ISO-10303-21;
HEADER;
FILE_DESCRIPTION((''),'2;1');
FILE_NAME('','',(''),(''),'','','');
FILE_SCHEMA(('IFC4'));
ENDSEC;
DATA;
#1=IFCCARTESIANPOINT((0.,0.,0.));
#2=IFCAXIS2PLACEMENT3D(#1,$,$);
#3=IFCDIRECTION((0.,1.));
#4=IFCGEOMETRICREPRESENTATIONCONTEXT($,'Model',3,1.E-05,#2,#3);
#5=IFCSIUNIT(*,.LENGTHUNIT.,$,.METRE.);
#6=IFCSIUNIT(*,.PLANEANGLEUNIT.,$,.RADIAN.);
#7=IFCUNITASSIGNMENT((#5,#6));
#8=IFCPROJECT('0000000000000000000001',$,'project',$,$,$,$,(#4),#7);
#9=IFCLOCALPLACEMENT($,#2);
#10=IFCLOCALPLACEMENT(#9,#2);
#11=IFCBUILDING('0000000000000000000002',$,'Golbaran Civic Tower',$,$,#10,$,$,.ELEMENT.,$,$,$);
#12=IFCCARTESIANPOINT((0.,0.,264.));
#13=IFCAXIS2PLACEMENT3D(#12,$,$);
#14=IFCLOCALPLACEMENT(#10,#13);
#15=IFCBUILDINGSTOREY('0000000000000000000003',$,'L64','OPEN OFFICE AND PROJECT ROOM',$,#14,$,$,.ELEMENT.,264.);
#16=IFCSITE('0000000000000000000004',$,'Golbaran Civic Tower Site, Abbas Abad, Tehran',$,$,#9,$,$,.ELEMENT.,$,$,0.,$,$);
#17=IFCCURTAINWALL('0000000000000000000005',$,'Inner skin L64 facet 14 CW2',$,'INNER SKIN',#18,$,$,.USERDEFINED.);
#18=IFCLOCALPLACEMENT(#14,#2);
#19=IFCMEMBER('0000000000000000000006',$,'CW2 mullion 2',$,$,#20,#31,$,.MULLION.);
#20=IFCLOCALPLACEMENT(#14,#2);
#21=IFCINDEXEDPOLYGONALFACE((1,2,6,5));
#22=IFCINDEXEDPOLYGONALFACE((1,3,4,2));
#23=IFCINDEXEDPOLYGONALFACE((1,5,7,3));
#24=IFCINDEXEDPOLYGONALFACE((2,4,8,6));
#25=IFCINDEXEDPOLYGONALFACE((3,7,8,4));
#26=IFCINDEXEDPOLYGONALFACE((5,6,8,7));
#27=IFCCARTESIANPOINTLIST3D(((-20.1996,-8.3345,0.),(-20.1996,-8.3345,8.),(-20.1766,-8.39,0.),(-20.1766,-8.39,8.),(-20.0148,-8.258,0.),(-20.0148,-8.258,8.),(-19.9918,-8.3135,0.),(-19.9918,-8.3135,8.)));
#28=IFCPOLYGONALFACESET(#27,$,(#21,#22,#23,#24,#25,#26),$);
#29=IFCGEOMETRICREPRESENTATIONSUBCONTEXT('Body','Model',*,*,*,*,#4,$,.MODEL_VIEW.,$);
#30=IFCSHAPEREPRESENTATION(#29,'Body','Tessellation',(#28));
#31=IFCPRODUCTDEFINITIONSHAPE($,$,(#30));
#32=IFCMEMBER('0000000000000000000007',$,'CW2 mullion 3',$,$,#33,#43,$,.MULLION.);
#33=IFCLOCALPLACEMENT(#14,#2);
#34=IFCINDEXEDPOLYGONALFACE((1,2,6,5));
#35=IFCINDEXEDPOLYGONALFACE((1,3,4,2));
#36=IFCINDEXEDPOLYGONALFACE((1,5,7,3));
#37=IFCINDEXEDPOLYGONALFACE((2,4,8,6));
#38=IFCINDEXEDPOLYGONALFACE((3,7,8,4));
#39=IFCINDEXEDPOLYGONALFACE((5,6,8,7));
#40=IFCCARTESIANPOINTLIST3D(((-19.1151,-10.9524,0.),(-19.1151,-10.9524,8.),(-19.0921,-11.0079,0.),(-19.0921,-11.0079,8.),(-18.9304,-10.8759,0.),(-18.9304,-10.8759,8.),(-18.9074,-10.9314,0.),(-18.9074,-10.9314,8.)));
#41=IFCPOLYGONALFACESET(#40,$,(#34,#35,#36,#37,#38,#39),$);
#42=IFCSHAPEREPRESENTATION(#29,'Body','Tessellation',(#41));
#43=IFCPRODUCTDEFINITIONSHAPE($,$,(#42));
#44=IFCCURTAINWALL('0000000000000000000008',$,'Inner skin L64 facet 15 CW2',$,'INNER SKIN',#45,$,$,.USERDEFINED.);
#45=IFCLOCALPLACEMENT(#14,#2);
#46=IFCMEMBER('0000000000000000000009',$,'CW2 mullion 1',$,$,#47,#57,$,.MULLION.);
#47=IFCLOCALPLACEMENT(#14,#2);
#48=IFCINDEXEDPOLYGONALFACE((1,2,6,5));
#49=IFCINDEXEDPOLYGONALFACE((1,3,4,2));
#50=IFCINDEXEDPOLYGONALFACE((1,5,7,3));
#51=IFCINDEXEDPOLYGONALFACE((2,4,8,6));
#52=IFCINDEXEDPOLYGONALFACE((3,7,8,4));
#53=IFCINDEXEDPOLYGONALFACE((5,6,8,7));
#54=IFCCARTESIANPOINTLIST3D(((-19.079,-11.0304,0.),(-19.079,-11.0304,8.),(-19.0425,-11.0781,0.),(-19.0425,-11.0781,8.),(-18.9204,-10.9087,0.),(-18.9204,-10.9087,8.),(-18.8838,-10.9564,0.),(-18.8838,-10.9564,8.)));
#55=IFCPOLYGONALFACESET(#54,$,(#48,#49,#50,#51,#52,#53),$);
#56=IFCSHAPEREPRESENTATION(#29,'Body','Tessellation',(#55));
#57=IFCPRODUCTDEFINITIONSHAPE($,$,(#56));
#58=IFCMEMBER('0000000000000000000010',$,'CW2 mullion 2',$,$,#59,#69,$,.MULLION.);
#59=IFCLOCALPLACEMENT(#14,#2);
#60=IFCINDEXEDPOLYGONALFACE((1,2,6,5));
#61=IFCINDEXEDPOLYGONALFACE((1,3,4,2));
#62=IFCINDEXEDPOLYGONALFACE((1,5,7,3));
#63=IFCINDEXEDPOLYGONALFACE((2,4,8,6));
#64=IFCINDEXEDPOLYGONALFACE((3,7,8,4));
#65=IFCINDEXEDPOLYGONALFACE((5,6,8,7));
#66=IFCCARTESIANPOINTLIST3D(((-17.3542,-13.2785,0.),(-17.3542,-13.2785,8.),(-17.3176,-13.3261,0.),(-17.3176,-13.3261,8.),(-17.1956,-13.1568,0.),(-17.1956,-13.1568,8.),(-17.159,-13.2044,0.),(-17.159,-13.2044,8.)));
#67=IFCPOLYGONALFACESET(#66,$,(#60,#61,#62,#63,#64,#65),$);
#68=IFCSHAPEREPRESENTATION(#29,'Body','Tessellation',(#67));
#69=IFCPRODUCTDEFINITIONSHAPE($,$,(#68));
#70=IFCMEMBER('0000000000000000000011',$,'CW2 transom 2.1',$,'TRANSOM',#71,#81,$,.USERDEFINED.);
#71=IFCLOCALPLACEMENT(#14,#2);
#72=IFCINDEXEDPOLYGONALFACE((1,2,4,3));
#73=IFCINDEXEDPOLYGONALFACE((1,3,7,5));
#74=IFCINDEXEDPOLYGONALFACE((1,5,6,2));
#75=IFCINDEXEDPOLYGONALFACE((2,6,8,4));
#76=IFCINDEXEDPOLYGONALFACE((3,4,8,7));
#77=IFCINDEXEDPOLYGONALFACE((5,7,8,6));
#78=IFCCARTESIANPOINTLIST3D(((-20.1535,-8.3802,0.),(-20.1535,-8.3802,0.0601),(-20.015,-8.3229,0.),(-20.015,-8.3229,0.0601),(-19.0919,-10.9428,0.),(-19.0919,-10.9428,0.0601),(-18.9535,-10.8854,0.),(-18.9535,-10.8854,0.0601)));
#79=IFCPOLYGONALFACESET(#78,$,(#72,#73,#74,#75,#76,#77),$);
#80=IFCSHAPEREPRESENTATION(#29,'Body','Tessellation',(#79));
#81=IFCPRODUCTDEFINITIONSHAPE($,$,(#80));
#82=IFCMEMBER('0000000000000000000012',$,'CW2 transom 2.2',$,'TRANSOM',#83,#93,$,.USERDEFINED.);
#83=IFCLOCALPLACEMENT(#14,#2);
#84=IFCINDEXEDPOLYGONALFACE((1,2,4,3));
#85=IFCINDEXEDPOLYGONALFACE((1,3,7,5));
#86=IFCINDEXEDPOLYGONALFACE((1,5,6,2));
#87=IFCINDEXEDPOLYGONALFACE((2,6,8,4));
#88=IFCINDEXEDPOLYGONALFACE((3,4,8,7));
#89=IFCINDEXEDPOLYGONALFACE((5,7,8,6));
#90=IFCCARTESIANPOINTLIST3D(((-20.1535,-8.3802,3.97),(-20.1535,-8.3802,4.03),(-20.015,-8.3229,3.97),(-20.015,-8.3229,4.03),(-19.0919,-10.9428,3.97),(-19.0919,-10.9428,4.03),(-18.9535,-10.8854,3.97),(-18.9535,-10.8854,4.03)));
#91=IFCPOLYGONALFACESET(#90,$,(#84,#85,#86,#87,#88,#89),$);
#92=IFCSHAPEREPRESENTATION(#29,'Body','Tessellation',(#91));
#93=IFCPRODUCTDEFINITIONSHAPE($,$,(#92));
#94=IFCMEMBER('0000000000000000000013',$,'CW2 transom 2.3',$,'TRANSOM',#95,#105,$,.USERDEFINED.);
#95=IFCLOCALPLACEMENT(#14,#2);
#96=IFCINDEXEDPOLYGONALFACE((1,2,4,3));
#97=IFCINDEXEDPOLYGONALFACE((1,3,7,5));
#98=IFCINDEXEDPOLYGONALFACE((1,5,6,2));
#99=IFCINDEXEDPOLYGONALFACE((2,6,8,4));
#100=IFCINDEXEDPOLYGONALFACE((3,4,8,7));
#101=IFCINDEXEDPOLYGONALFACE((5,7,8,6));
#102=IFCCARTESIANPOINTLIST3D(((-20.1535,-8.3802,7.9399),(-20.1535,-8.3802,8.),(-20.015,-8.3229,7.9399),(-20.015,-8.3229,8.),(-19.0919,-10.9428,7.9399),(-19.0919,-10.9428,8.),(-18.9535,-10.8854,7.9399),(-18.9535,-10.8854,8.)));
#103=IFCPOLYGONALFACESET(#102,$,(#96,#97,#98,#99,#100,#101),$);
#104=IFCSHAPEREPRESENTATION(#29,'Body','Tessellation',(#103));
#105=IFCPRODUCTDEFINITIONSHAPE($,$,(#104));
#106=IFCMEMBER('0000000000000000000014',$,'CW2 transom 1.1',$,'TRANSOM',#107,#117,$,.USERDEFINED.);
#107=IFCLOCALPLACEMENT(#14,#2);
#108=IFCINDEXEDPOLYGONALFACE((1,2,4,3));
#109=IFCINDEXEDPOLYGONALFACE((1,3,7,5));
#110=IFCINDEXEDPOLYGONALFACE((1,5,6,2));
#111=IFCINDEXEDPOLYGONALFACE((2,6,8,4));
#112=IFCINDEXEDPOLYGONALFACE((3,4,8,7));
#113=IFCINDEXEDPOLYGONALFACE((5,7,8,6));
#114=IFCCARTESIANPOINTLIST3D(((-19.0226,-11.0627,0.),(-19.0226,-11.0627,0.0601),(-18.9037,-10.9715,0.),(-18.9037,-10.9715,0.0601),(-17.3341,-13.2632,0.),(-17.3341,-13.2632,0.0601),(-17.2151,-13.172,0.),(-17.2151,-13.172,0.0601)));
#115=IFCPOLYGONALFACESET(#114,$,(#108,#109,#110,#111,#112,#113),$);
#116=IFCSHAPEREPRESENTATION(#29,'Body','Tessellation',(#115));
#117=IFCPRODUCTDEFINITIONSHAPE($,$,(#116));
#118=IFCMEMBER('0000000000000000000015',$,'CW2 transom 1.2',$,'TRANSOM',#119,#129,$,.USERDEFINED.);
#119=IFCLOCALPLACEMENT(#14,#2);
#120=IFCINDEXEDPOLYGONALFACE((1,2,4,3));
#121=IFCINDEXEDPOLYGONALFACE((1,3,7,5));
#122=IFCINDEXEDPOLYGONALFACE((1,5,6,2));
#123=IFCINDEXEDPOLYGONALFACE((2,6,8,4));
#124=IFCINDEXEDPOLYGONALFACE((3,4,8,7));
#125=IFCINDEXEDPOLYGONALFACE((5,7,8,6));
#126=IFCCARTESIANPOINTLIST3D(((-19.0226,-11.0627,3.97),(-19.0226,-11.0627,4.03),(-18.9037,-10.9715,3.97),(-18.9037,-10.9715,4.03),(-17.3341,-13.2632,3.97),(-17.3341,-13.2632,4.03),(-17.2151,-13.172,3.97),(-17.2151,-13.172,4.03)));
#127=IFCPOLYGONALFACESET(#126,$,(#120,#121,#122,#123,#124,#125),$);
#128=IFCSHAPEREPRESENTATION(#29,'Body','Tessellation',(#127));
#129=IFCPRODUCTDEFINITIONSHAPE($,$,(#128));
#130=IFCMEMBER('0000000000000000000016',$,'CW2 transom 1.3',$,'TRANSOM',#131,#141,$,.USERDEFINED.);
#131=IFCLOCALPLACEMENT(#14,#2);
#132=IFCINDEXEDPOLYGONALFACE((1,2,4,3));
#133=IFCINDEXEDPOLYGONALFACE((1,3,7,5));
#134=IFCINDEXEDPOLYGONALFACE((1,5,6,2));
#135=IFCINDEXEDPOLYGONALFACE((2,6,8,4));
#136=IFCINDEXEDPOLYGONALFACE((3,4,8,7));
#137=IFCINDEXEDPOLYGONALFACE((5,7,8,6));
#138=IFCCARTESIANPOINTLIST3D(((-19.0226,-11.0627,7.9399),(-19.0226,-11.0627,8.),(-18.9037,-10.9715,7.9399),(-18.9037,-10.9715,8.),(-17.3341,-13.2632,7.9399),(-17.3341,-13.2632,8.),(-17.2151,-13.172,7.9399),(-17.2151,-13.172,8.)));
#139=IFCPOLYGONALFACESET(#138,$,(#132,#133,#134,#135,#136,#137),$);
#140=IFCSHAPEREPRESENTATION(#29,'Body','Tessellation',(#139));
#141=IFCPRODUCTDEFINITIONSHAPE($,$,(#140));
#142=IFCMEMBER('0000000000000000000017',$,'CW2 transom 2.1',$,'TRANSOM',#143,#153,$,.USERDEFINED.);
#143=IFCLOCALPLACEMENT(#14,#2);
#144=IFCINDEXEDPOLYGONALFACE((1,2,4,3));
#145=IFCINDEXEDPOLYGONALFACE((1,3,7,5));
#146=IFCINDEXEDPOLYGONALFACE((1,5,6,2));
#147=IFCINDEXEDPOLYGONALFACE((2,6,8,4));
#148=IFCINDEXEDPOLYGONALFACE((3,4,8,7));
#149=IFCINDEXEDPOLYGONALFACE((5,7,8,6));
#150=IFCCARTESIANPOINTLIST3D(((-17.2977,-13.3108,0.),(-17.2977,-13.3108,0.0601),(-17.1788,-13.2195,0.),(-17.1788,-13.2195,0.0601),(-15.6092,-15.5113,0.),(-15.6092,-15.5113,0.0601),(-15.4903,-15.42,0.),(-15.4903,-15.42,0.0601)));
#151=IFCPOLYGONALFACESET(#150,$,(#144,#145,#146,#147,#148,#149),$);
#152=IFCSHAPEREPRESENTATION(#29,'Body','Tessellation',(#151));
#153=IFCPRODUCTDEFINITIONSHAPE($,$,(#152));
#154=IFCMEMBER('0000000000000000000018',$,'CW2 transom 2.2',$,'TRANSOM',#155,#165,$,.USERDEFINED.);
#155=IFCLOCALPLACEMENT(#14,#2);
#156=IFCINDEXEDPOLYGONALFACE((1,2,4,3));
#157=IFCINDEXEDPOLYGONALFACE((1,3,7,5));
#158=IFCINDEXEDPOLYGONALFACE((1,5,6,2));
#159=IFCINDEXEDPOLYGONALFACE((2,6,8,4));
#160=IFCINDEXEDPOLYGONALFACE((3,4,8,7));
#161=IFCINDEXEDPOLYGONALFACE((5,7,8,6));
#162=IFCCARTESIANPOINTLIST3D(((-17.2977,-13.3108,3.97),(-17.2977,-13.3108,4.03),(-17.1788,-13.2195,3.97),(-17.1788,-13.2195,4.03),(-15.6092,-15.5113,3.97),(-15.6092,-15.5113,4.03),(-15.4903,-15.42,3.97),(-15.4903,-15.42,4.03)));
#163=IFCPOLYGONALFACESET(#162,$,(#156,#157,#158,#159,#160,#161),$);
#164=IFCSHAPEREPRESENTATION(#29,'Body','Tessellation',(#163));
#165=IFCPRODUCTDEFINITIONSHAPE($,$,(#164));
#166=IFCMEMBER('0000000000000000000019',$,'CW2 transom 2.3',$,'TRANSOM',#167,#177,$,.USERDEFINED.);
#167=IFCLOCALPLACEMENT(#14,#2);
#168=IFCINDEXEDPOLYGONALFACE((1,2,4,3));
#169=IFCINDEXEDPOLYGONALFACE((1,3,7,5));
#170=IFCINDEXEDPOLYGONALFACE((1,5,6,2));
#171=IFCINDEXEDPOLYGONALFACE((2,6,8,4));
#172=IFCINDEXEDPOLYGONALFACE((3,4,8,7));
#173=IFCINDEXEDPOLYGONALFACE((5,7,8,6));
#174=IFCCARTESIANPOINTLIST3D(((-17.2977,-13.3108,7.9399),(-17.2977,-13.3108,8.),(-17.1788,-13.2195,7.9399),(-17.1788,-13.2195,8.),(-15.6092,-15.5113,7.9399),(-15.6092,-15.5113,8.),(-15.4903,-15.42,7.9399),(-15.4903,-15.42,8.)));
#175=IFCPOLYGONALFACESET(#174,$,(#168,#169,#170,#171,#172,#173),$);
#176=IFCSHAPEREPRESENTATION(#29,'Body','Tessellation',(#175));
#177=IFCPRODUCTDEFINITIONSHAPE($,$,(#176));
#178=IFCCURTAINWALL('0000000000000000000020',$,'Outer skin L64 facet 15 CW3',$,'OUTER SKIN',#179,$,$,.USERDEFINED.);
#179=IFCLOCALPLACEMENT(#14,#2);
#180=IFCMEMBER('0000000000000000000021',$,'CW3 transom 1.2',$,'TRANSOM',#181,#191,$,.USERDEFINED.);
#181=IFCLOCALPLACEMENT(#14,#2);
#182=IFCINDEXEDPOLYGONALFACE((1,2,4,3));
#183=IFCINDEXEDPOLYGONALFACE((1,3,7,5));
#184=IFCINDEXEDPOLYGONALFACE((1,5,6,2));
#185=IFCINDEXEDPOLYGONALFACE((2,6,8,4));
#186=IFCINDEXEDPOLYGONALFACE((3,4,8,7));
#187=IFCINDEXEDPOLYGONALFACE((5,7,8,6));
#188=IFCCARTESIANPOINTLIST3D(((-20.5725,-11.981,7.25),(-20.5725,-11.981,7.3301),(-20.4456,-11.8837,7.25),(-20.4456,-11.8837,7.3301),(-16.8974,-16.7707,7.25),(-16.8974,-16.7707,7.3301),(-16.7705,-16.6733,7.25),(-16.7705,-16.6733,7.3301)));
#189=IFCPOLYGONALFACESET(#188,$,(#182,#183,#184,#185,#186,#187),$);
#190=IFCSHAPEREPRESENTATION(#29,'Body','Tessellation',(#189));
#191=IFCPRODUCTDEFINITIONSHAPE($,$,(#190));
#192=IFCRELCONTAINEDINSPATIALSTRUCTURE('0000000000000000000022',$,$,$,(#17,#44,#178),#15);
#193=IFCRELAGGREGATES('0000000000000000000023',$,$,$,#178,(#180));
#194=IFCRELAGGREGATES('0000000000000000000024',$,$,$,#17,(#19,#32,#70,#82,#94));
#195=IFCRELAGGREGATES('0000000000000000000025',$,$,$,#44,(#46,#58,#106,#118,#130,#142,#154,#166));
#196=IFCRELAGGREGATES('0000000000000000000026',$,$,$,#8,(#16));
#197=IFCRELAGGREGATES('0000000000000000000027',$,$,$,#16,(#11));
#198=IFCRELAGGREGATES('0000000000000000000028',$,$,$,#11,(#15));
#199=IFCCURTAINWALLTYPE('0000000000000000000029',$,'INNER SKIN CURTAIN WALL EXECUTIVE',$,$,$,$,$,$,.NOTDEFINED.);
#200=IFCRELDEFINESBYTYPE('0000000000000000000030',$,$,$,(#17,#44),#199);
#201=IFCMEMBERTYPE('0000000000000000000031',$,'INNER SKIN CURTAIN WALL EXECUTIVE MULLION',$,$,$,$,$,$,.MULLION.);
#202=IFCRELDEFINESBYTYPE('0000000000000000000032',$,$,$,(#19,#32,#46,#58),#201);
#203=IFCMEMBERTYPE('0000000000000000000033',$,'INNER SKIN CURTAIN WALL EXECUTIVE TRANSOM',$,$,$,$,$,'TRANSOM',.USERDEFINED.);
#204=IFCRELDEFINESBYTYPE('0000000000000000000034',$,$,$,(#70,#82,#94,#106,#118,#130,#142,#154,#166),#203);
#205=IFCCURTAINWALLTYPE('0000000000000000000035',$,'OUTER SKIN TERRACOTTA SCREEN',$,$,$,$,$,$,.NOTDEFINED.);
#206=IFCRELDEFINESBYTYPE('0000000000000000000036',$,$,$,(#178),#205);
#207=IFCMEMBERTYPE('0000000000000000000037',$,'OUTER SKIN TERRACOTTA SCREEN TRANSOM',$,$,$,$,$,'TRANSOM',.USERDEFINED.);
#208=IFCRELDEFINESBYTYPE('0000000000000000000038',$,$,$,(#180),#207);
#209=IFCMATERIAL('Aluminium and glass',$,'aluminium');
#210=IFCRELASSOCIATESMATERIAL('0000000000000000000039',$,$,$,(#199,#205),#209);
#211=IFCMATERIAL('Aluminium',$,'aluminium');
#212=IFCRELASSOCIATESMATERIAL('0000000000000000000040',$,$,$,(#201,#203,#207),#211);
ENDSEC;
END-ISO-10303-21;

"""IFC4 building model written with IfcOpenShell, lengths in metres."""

from ifc_helpers import new_model, si_unit, direction, frame, origin, origin_2d, place, context, subcontext, project, spatial, rectangle, extrude, material, material_profile, profile_set, type_object, element, aggregate, save


model = new_model("IFC4")

# Units and contexts
model_context = context("Model", 3, precision=1e-05, world=origin(), true_north=direction((0.0, 1.0)))
body_context = subcontext(model_context, "Body", "Model", "MODEL_VIEW")
ifc_project = project(units=[si_unit("LENGTHUNIT", "METRE"), si_unit("PLANEANGLEUNIT", "RADIAN")], contexts=[model_context])

# Site, building, storey
site_placement = place(None, origin())
site = spatial("IfcSite", under=ifc_project, at=site_placement, Name="Golbaran Civic Tower Site, Abbas Abad, Tehran", CompositionType="ELEMENT", RefElevation=0.0)
building_placement = place(site_placement, origin())
building = spatial("IfcBuilding", under=site, at=building_placement, Name="Golbaran Civic Tower", CompositionType="ELEMENT")
storey_placement = place(building_placement, frame((0.0, 0.0, 264.0)))
storey = spatial("IfcBuildingStorey", under=building, at=storey_placement, Name="L64", Description="OPEN OFFICE AND PROJECT ROOM", CompositionType="ELEMENT", Elevation=264.0)

# Curtain walls, members
ifc_material_1 = material(Name="Aluminium and glass", Category="aluminium")
curtain_wall_type_1 = type_object("IfcCurtainWallType", Name="INNER SKIN CURTAIN WALL EXECUTIVE", PredefinedType="NOTDEFINED", material=ifc_material_1)
curtain_wall_1_placement = place(storey_placement, origin())
curtain_wall_1 = element("IfcCurtainWall", 1, at=curtain_wall_1_placement, inside=storey, type_object=curtain_wall_type_1, Name="Inner skin L64 facet 14 CW2", ObjectType="INNER SKIN", PredefinedType="USERDEFINED")
ifc_material_2 = material(Name="Aluminium", Category="aluminium")
ifc_material_profile_1 = material_profile(ifc_material_2, rectangle(XDim=0.2, YDim=0.0601, at=origin_2d()), Name="INNER SKIN CURTAIN WALL EXECUTIVE MULLION")
ifc_profile_set_1 = profile_set([ifc_material_profile_1], Name="Aluminium")
member_type_1 = type_object("IfcMemberType", Name="INNER SKIN CURTAIN WALL EXECUTIVE MULLION", PredefinedType="MULLION", material=ifc_profile_set_1)
member_1_placement = place(storey_placement, frame((-20.0957, -8.324, 0.0), z_axis=(0.0, 0.0, 1.0), x_axis=(0.92388, 0.382683, 0.0)))
member_1 = element("IfcMember", 2, at=member_1_placement, type_object=member_type_1, Name="CW2 mullion 2", PredefinedType="MULLION", context=body_context, shape_type="SweptSolid", body=[
    extrude(rectangle(XDim=0.2, YDim=0.0601, at=origin_2d()), origin(), (0.0, 0.0, 1.0), 8.0),
])
member_2_placement = place(storey_placement, frame((-19.0112, -10.9419, 0.0), z_axis=(0.0, 0.0, 1.0), x_axis=(0.92388, 0.382683, 0.0)))
member_2 = element("IfcMember", 3, at=member_2_placement, type_object=member_type_1, Name="CW2 mullion 3", PredefinedType="MULLION", context=body_context, shape_type="SweptSolid", body=[
    extrude(rectangle(XDim=0.2, YDim=0.0601, at=origin_2d()), origin(), (0.0, 0.0, 1.0), 8.0),
])
curtain_wall_2_placement = place(storey_placement, origin())
curtain_wall_2 = element("IfcCurtainWall", 4, at=curtain_wall_2_placement, inside=storey, type_object=curtain_wall_type_1, Name="Inner skin L64 facet 15 CW2", ObjectType="INNER SKIN", PredefinedType="USERDEFINED")
member_3_placement = place(storey_placement, frame((-18.9814, -10.9934, 0.0), z_axis=(0.0, 0.0, 1.0), x_axis=(0.793353, 0.608761, 0.0)))
member_3 = element("IfcMember", 5, at=member_3_placement, type_object=member_type_1, Name="CW2 mullion 1", PredefinedType="MULLION", context=body_context, shape_type="SweptSolid", body=[
    extrude(rectangle(XDim=0.2, YDim=0.0601, at=origin_2d()), origin(), (0.0, 0.0, 1.0), 8.0),
])
member_4_placement = place(storey_placement, frame((-17.2566, -13.2415, 0.0), z_axis=(0.0, 0.0, 1.0), x_axis=(0.793353, 0.608761, 0.0)))
member_4 = element("IfcMember", 6, at=member_4_placement, type_object=member_type_1, Name="CW2 mullion 2", PredefinedType="MULLION", context=body_context, shape_type="SweptSolid", body=[
    extrude(rectangle(XDim=0.2, YDim=0.0601, at=origin_2d()), origin(), (0.0, 0.0, 1.0), 8.0),
])

# Members
ifc_material_profile_2 = material_profile(ifc_material_2, rectangle(XDim=0.1499, YDim=0.0601, at=origin_2d()), Name="INNER SKIN CURTAIN WALL EXECUTIVE TRANSOM")
ifc_profile_set_2 = profile_set([ifc_material_profile_2], Name="Aluminium")
member_type_2 = type_object("IfcMemberType", Name="INNER SKIN CURTAIN WALL EXECUTIVE TRANSOM", ElementType="TRANSOM", PredefinedType="USERDEFINED", material=ifc_profile_set_2)
member_5_placement = place(storey_placement, frame((-20.0842, -8.3516, 0.03), z_axis=(0.382715, -0.923867, 0.0), x_axis=(0.923867, 0.382715, 0.0)))
member_5 = element("IfcMember", 7, at=member_5_placement, type_object=member_type_2, Name="CW2 transom 2.1", ObjectType="TRANSOM", PredefinedType="USERDEFINED", context=body_context, shape_type="SweptSolid", body=[
    extrude(rectangle(XDim=0.1499, YDim=0.0601, at=origin_2d()), origin(), (0.0, 0.0, 1.0), 2.7737),
])
member_6_placement = place(storey_placement, frame((-20.0842, -8.3516, 4.0), z_axis=(0.382715, -0.923867, 0.0), x_axis=(0.923867, 0.382715, 0.0)))
member_6 = element("IfcMember", 8, at=member_6_placement, type_object=member_type_2, Name="CW2 transom 2.2", ObjectType="TRANSOM", PredefinedType="USERDEFINED", context=body_context, shape_type="SweptSolid", body=[
    extrude(rectangle(XDim=0.1499, YDim=0.0601, at=origin_2d()), origin(), (0.0, 0.0, 1.0), 2.7737),
])
member_7_placement = place(storey_placement, frame((-20.0842, -8.3516, 7.97), z_axis=(0.382715, -0.923867, 0.0), x_axis=(0.923867, 0.382715, 0.0)))
member_7 = element("IfcMember", 9, at=member_7_placement, type_object=member_type_2, Name="CW2 transom 2.3", ObjectType="TRANSOM", PredefinedType="USERDEFINED", context=body_context, shape_type="SweptSolid", body=[
    extrude(rectangle(XDim=0.1499, YDim=0.0601, at=origin_2d()), origin(), (0.0, 0.0, 1.0), 2.7737),
])
member_8_placement = place(storey_placement, frame((-18.9631, -11.0171, 0.03), z_axis=(0.608766, -0.79335, 0.0), x_axis=(0.79335, 0.608766, 0.0)))
member_8 = element("IfcMember", 10, at=member_8_placement, type_object=member_type_2, Name="CW2 transom 1.1", ObjectType="TRANSOM", PredefinedType="USERDEFINED", context=body_context, shape_type="SweptSolid", body=[
    extrude(rectangle(XDim=0.1499, YDim=0.0601, at=origin_2d()), origin(), (0.0, 0.0, 1.0), 2.7737),
])
member_9_placement = place(storey_placement, frame((-18.9631, -11.0171, 4.0), z_axis=(0.608766, -0.79335, 0.0), x_axis=(0.79335, 0.608766, 0.0)))
member_9 = element("IfcMember", 11, at=member_9_placement, type_object=member_type_2, Name="CW2 transom 1.2", ObjectType="TRANSOM", PredefinedType="USERDEFINED", context=body_context, shape_type="SweptSolid", body=[
    extrude(rectangle(XDim=0.1499, YDim=0.0601, at=origin_2d()), origin(), (0.0, 0.0, 1.0), 2.7737),
])
member_10_placement = place(storey_placement, frame((-18.9631, -11.0171, 7.97), z_axis=(0.608766, -0.79335, 0.0), x_axis=(0.79335, 0.608766, 0.0)))
member_10 = element("IfcMember", 12, at=member_10_placement, type_object=member_type_2, Name="CW2 transom 1.3", ObjectType="TRANSOM", PredefinedType="USERDEFINED", context=body_context, shape_type="SweptSolid", body=[
    extrude(rectangle(XDim=0.1499, YDim=0.0601, at=origin_2d()), origin(), (0.0, 0.0, 1.0), 2.7737),
])
member_11_placement = place(storey_placement, frame((-17.2383, -13.2651, 0.03), z_axis=(0.608766, -0.79335, 0.0), x_axis=(0.79335, 0.608766, 0.0)))
member_11 = element("IfcMember", 13, at=member_11_placement, type_object=member_type_2, Name="CW2 transom 2.1", ObjectType="TRANSOM", PredefinedType="USERDEFINED", context=body_context, shape_type="SweptSolid", body=[
    extrude(rectangle(XDim=0.1499, YDim=0.0601, at=origin_2d()), origin(), (0.0, 0.0, 1.0), 2.7737),
])
member_12_placement = place(storey_placement, frame((-17.2383, -13.2651, 4.0), z_axis=(0.608766, -0.79335, 0.0), x_axis=(0.79335, 0.608766, 0.0)))
member_12 = element("IfcMember", 14, at=member_12_placement, type_object=member_type_2, Name="CW2 transom 2.2", ObjectType="TRANSOM", PredefinedType="USERDEFINED", context=body_context, shape_type="SweptSolid", body=[
    extrude(rectangle(XDim=0.1499, YDim=0.0601, at=origin_2d()), origin(), (0.0, 0.0, 1.0), 2.7737),
])
member_13_placement = place(storey_placement, frame((-17.2383, -13.2651, 7.97), z_axis=(0.608766, -0.79335, 0.0), x_axis=(0.79335, 0.608766, 0.0)))
member_13 = element("IfcMember", 15, at=member_13_placement, type_object=member_type_2, Name="CW2 transom 2.3", ObjectType="TRANSOM", PredefinedType="USERDEFINED", context=body_context, shape_type="SweptSolid", body=[
    extrude(rectangle(XDim=0.1499, YDim=0.0601, at=origin_2d()), origin(), (0.0, 0.0, 1.0), 2.7737),
])

# Curtain wall, member
curtain_wall_type_2 = type_object("IfcCurtainWallType", Name="OUTER SKIN TERRACOTTA SCREEN", PredefinedType="NOTDEFINED", material=ifc_material_1)
curtain_wall_3_placement = place(storey_placement, origin())
curtain_wall_3 = element("IfcCurtainWall", 16, at=curtain_wall_3_placement, inside=storey, type_object=curtain_wall_type_2, Name="Outer skin L64 facet 15 CW3", ObjectType="OUTER SKIN", PredefinedType="USERDEFINED")
ifc_material_profile_3 = material_profile(ifc_material_2, rectangle(XDim=0.1599, YDim=0.0801, at=origin_2d()), Name="OUTER SKIN TERRACOTTA SCREEN TRANSOM")
ifc_profile_set_3 = profile_set([ifc_material_profile_3], Name="Aluminium")
member_type_3 = type_object("IfcMemberType", Name="OUTER SKIN TERRACOTTA SCREEN TRANSOM", ElementType="TRANSOM", PredefinedType="USERDEFINED", material=ifc_profile_set_3)
member_14_placement = place(storey_placement, frame((-20.509, -11.9324, 7.29), z_axis=(0.608751, -0.793362, 0.0), x_axis=(0.793362, 0.608751, 0.0)))
member_14 = element("IfcMember", 17, at=member_14_placement, type_object=member_type_3, Name="CW3 transom 1.2", ObjectType="TRANSOM", PredefinedType="USERDEFINED", context=body_context, shape_type="SweptSolid", body=[
    extrude(rectangle(XDim=0.1599, YDim=0.0801, at=origin_2d()), origin(), (0.0, 0.0, 1.0), 6.0371),
])
aggregate(curtain_wall_3, [member_14])

aggregate(curtain_wall_1, [member_1, member_2, member_5, member_6, member_7])
aggregate(curtain_wall_2, [member_3, member_4, member_8, member_9, member_10, member_11, member_12, member_13])

save(model, "model.ifc")
